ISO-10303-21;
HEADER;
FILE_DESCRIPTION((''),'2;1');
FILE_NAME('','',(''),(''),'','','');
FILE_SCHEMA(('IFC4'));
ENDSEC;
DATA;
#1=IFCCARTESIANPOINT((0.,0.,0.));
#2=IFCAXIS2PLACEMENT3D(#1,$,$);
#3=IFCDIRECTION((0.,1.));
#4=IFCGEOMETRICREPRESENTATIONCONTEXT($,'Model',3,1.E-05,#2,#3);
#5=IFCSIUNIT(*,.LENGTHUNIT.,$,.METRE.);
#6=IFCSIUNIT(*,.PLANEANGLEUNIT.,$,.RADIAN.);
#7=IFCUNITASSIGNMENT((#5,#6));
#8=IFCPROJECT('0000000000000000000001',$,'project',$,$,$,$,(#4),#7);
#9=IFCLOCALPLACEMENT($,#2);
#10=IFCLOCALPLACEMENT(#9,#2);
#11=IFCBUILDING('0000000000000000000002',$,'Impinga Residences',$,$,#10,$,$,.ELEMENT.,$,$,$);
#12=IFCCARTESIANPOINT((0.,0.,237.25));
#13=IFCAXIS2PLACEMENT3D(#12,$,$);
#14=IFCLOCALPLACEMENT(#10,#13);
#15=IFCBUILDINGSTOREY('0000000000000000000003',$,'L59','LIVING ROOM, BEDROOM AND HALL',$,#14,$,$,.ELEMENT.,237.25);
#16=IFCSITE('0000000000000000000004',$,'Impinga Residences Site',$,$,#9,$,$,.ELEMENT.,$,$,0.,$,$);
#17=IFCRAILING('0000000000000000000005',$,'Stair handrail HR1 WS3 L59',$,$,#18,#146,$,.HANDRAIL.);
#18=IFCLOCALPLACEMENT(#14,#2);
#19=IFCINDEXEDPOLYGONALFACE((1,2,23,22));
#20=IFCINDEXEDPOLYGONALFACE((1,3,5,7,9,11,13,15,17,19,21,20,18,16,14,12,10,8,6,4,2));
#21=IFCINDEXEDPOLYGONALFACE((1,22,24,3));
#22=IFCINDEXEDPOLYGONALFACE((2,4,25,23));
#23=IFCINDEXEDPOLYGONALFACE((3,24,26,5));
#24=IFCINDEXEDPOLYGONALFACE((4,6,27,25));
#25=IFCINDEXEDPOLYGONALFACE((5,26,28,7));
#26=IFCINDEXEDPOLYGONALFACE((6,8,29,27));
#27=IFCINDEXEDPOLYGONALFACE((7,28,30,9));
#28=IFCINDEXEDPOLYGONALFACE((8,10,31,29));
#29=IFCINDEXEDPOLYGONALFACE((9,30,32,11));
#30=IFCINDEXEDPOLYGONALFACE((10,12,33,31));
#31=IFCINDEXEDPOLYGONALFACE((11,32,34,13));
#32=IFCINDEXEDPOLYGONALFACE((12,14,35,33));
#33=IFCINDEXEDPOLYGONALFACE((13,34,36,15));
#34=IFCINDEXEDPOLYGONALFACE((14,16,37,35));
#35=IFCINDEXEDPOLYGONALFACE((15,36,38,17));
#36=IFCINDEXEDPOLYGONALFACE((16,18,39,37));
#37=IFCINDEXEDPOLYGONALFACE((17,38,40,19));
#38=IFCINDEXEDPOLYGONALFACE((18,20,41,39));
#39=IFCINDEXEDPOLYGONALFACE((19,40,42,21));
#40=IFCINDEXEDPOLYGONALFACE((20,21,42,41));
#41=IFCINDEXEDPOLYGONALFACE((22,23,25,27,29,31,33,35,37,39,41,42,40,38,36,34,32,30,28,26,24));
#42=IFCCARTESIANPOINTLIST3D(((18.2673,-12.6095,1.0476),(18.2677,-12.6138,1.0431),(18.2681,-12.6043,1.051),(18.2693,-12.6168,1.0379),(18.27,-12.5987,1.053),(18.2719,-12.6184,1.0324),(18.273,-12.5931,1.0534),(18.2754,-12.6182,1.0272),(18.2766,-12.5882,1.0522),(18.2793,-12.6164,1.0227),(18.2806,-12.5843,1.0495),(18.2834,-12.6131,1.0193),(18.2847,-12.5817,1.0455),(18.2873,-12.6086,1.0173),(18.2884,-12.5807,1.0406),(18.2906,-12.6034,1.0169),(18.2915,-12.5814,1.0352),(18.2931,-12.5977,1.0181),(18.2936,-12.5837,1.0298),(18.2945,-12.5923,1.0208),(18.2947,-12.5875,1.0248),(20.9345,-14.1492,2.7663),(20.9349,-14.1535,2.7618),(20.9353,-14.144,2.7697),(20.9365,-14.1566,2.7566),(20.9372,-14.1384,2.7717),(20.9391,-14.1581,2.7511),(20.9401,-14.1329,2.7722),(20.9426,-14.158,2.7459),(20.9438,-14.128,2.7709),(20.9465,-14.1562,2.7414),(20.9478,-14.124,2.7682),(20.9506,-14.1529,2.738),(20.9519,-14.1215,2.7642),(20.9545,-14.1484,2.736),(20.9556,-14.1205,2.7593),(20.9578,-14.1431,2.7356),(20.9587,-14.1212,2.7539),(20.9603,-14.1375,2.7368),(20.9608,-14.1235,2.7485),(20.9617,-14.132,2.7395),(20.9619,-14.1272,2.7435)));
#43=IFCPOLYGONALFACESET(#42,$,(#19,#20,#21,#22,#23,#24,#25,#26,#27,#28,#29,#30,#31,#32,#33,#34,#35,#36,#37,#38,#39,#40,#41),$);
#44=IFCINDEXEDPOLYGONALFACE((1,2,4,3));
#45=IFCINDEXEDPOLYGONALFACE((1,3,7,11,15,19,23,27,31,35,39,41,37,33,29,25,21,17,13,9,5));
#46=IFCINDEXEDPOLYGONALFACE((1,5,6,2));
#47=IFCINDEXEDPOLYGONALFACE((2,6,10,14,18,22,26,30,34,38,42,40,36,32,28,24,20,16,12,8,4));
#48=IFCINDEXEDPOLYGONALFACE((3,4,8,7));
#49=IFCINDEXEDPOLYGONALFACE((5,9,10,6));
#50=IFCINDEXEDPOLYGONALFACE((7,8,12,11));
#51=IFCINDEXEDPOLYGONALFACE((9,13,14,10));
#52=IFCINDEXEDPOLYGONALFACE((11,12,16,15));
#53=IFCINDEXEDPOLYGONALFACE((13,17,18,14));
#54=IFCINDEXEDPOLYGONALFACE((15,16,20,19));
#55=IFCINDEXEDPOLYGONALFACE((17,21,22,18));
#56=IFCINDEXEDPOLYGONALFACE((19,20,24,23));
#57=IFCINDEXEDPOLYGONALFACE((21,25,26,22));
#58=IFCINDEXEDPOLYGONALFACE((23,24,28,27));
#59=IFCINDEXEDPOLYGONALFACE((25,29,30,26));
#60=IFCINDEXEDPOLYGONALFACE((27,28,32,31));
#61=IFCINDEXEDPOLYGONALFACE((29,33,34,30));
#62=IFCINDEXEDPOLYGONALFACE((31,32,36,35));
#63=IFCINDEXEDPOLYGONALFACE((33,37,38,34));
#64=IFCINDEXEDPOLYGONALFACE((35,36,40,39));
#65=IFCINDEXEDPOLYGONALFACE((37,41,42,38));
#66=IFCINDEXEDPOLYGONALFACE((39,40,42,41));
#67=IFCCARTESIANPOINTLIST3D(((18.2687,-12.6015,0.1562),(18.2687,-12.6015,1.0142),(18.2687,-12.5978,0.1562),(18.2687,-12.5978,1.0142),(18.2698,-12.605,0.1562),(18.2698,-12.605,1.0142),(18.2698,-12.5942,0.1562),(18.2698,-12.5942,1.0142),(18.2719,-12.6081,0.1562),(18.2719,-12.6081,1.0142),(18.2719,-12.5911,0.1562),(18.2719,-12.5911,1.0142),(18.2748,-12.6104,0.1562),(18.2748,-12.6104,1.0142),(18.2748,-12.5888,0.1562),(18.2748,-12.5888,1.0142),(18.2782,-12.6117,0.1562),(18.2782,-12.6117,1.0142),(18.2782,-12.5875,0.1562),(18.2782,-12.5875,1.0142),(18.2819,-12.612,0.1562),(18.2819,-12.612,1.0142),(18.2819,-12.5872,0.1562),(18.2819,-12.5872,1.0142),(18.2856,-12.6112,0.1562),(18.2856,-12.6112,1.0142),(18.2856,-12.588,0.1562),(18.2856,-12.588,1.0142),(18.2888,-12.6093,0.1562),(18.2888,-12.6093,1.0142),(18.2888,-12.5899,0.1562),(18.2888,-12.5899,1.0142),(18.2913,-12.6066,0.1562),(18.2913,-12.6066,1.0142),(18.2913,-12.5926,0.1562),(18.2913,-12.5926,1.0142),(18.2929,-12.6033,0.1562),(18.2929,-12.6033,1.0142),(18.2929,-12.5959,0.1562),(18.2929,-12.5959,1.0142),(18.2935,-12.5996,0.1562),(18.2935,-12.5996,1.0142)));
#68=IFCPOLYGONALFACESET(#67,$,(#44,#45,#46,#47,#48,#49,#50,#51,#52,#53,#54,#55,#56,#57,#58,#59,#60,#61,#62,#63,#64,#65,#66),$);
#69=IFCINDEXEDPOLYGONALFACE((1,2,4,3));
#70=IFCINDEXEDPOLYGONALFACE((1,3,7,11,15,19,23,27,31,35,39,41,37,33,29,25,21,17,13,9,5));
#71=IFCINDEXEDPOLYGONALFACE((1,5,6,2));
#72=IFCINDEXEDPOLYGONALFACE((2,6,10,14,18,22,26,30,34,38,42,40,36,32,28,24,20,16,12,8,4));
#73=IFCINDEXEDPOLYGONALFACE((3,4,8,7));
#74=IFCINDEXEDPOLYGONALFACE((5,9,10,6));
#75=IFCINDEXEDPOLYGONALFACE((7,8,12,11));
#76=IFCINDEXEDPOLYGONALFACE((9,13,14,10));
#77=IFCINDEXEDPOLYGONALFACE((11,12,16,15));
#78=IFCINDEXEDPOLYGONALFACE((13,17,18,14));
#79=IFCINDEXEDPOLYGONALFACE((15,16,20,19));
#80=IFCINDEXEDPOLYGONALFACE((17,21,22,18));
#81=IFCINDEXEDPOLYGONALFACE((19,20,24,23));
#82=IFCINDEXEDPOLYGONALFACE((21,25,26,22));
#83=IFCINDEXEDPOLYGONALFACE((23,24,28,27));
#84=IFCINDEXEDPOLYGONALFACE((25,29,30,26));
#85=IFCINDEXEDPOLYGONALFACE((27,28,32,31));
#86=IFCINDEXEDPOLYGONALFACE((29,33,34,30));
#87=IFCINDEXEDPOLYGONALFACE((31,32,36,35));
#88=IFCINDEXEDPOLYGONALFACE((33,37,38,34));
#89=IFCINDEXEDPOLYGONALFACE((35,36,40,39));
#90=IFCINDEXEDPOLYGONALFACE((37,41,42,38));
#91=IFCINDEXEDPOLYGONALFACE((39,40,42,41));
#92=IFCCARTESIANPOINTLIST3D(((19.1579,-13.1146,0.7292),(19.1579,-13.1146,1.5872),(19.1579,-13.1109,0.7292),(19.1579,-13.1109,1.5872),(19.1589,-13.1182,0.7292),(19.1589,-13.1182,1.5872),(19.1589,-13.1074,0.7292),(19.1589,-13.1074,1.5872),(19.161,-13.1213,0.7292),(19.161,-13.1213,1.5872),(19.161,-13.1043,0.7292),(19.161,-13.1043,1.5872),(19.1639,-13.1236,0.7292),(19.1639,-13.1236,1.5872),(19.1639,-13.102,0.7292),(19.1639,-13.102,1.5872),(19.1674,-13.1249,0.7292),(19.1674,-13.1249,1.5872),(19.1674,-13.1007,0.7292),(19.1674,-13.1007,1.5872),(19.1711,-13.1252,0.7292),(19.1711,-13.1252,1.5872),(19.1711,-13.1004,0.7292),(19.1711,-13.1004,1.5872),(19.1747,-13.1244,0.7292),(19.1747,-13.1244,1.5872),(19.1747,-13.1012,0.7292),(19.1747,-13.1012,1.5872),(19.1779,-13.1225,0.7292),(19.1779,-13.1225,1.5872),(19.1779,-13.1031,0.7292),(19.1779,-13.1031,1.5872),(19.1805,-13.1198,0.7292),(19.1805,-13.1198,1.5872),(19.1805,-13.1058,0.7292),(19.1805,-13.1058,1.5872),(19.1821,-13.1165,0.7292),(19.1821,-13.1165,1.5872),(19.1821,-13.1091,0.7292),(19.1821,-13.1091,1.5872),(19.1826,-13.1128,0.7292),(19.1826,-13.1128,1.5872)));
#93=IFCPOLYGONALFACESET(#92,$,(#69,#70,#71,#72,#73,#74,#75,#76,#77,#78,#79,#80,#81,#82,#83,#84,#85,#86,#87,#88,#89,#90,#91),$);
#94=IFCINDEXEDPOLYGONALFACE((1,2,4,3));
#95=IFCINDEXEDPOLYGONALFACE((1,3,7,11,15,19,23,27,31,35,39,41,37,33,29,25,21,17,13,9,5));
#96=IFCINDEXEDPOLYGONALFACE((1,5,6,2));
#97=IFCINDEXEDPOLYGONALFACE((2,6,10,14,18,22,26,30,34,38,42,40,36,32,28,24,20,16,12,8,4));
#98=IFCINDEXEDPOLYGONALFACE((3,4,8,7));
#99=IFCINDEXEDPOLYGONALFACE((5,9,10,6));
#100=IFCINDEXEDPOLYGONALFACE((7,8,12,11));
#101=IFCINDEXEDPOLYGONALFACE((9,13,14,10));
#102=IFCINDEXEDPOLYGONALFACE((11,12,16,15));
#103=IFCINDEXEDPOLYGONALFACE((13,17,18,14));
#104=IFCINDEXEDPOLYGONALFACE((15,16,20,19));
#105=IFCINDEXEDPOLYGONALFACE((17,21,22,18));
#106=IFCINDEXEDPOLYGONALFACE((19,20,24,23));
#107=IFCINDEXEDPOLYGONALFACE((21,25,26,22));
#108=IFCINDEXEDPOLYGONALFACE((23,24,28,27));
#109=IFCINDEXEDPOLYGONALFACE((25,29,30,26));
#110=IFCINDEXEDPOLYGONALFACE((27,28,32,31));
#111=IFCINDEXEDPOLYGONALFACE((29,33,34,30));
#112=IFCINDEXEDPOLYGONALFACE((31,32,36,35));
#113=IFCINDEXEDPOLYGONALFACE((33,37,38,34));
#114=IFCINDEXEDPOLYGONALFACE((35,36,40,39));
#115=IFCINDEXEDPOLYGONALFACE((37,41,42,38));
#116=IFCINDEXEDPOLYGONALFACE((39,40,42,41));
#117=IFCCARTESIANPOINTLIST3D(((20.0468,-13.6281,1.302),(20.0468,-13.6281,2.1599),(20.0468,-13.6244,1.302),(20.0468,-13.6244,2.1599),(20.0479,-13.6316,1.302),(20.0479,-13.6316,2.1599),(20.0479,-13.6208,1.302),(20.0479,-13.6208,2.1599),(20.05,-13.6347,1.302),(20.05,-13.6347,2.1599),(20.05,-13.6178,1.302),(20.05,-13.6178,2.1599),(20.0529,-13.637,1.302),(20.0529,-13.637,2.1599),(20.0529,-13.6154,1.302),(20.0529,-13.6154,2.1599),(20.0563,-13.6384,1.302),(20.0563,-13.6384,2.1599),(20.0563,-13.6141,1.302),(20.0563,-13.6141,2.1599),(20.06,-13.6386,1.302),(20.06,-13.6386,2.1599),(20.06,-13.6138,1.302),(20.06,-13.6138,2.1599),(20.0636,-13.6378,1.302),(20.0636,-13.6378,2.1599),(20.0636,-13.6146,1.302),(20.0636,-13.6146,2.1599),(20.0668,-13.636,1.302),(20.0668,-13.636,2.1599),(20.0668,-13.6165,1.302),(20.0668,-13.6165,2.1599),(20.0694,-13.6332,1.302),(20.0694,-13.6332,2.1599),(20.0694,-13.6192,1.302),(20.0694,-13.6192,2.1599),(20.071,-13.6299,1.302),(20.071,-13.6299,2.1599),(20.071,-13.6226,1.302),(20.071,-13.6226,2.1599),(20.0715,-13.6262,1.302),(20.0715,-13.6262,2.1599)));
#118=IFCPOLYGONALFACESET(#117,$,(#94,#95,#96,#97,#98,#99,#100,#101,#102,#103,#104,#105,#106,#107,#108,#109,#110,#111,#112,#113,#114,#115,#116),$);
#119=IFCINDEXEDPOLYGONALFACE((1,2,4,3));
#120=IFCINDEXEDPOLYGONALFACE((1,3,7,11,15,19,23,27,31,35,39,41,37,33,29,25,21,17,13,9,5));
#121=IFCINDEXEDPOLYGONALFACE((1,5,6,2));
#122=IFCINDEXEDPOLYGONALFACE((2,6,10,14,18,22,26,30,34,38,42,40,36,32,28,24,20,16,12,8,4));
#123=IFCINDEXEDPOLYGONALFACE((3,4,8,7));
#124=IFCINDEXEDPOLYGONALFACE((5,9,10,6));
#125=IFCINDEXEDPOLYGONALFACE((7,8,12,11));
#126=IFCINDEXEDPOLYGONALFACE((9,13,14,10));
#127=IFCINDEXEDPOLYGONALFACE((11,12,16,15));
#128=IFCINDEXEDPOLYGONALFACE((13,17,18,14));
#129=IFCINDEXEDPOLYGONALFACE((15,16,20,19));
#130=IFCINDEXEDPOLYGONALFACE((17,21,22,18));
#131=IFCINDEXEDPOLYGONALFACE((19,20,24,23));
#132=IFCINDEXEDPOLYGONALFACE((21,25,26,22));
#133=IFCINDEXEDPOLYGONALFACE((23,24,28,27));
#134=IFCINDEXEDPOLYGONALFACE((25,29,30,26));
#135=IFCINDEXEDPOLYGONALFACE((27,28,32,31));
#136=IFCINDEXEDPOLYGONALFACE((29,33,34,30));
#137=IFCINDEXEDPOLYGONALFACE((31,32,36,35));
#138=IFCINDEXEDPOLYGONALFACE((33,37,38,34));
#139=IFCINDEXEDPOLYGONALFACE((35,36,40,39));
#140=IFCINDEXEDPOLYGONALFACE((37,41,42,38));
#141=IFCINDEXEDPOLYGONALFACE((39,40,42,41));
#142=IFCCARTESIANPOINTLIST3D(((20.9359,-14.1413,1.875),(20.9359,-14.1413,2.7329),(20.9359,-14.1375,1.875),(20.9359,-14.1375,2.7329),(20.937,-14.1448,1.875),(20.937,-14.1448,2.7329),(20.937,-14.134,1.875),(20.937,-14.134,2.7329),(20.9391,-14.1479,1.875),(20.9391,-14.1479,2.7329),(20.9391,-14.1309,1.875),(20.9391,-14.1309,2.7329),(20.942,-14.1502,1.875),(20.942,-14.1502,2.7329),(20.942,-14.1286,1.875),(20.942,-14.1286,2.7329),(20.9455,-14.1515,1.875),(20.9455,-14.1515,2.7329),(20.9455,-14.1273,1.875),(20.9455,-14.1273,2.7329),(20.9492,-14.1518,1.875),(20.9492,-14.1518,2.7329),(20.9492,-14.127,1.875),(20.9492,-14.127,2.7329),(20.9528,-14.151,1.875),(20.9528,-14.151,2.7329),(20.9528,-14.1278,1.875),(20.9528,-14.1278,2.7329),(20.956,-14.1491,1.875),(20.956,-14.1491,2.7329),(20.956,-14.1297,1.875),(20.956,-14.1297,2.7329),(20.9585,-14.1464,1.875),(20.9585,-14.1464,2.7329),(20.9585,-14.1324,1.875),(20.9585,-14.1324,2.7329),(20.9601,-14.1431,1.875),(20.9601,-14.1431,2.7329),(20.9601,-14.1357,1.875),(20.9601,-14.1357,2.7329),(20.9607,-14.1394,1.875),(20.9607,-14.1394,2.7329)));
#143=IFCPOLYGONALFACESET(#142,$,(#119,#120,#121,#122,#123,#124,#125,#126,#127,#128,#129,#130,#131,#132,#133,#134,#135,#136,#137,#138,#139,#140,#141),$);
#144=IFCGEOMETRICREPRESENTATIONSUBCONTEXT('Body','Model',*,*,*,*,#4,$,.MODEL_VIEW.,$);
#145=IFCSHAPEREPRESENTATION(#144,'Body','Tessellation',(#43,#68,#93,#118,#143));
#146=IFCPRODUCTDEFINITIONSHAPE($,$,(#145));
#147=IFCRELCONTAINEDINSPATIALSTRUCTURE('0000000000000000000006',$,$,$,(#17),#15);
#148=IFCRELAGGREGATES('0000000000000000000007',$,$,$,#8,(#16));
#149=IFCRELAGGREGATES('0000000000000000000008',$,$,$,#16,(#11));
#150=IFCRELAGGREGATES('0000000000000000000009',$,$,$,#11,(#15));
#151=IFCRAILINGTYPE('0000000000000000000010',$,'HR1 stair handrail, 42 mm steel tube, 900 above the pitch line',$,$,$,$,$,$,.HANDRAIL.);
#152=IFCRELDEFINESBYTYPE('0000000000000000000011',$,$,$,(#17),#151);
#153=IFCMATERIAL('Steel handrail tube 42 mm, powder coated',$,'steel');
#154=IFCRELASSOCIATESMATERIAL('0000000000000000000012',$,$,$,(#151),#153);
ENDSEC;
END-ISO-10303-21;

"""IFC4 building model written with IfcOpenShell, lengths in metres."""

from ifc_helpers import new_model, si_unit, direction, frame, origin, origin_2d, place, context, subcontext, project, spatial, circle, extrude, material, type_object, element, save


model = new_model("IFC4")

# Units and contexts
model_context = context("Model", 3, precision=1e-05, world=origin(), true_north=direction((0.0, 1.0)))
body_context = subcontext(model_context, "Body", "Model", "MODEL_VIEW")
ifc_project = project(units=[si_unit("LENGTHUNIT", "METRE"), si_unit("PLANEANGLEUNIT", "RADIAN")], contexts=[model_context])

# Site, building, storey
site_placement = place(None, origin())
site = spatial("IfcSite", under=ifc_project, at=site_placement, Name="Impinga Residences Site", CompositionType="ELEMENT", RefElevation=0.0)
building_placement = place(site_placement, origin())
building = spatial("IfcBuilding", under=site, at=building_placement, Name="Impinga Residences", CompositionType="ELEMENT")
storey_placement = place(building_placement, frame((0.0, 0.0, 237.25)))
storey = spatial("IfcBuildingStorey", under=building, at=storey_placement, Name="L59", Description="LIVING ROOM, BEDROOM AND HALL", CompositionType="ELEMENT", Elevation=237.25)

# Railing
ifc_material_1 = material(Name="Steel handrail tube 42 mm, powder coated", Category="steel")
railing_type_1 = type_object("IfcRailingType", Name="HR1 stair handrail, 42 mm steel tube, 900 above the pitch line", PredefinedType="HANDRAIL", material=ifc_material_1)
railing_1_placement = place(storey_placement, frame((18.281, -12.5996, 0.1562)))
element("IfcRailing", 1, at=railing_1_placement, inside=storey, type_object=railing_type_1, Name="Stair handrail HR1 WS3 L59", PredefinedType="HANDRAIL", context=body_context, shape_type="SweptSolid", body=[
    extrude(circle(Radius=0.021, at=origin_2d()), frame((0.0, 0.0, 0.8789), z_axis=(0.756249, -0.436582, 0.487322), x_axis=(0.499967, 0.866044, 0.0)), (0.0, 0.0, 1.0), 3.5269),
    extrude(circle(Radius=0.0125, at=origin_2d()), origin(), (0.0, 0.0, 1.0), 0.8579),
    extrude(circle(Radius=0.0125, at=origin_2d()), frame((0.8892, -0.5132, 0.573)), (0.0, 0.0, 1.0), 0.8579),
    extrude(circle(Radius=0.0125, at=origin_2d()), frame((1.7781, -1.0266, 1.1458)), (0.0, 0.0, 1.0), 0.8579),
    extrude(circle(Radius=0.0125, at=origin_2d()), frame((2.6672, -1.5398, 1.7188)), (0.0, 0.0, 1.0), 0.8579),
])

save(model, "model.ifc")
